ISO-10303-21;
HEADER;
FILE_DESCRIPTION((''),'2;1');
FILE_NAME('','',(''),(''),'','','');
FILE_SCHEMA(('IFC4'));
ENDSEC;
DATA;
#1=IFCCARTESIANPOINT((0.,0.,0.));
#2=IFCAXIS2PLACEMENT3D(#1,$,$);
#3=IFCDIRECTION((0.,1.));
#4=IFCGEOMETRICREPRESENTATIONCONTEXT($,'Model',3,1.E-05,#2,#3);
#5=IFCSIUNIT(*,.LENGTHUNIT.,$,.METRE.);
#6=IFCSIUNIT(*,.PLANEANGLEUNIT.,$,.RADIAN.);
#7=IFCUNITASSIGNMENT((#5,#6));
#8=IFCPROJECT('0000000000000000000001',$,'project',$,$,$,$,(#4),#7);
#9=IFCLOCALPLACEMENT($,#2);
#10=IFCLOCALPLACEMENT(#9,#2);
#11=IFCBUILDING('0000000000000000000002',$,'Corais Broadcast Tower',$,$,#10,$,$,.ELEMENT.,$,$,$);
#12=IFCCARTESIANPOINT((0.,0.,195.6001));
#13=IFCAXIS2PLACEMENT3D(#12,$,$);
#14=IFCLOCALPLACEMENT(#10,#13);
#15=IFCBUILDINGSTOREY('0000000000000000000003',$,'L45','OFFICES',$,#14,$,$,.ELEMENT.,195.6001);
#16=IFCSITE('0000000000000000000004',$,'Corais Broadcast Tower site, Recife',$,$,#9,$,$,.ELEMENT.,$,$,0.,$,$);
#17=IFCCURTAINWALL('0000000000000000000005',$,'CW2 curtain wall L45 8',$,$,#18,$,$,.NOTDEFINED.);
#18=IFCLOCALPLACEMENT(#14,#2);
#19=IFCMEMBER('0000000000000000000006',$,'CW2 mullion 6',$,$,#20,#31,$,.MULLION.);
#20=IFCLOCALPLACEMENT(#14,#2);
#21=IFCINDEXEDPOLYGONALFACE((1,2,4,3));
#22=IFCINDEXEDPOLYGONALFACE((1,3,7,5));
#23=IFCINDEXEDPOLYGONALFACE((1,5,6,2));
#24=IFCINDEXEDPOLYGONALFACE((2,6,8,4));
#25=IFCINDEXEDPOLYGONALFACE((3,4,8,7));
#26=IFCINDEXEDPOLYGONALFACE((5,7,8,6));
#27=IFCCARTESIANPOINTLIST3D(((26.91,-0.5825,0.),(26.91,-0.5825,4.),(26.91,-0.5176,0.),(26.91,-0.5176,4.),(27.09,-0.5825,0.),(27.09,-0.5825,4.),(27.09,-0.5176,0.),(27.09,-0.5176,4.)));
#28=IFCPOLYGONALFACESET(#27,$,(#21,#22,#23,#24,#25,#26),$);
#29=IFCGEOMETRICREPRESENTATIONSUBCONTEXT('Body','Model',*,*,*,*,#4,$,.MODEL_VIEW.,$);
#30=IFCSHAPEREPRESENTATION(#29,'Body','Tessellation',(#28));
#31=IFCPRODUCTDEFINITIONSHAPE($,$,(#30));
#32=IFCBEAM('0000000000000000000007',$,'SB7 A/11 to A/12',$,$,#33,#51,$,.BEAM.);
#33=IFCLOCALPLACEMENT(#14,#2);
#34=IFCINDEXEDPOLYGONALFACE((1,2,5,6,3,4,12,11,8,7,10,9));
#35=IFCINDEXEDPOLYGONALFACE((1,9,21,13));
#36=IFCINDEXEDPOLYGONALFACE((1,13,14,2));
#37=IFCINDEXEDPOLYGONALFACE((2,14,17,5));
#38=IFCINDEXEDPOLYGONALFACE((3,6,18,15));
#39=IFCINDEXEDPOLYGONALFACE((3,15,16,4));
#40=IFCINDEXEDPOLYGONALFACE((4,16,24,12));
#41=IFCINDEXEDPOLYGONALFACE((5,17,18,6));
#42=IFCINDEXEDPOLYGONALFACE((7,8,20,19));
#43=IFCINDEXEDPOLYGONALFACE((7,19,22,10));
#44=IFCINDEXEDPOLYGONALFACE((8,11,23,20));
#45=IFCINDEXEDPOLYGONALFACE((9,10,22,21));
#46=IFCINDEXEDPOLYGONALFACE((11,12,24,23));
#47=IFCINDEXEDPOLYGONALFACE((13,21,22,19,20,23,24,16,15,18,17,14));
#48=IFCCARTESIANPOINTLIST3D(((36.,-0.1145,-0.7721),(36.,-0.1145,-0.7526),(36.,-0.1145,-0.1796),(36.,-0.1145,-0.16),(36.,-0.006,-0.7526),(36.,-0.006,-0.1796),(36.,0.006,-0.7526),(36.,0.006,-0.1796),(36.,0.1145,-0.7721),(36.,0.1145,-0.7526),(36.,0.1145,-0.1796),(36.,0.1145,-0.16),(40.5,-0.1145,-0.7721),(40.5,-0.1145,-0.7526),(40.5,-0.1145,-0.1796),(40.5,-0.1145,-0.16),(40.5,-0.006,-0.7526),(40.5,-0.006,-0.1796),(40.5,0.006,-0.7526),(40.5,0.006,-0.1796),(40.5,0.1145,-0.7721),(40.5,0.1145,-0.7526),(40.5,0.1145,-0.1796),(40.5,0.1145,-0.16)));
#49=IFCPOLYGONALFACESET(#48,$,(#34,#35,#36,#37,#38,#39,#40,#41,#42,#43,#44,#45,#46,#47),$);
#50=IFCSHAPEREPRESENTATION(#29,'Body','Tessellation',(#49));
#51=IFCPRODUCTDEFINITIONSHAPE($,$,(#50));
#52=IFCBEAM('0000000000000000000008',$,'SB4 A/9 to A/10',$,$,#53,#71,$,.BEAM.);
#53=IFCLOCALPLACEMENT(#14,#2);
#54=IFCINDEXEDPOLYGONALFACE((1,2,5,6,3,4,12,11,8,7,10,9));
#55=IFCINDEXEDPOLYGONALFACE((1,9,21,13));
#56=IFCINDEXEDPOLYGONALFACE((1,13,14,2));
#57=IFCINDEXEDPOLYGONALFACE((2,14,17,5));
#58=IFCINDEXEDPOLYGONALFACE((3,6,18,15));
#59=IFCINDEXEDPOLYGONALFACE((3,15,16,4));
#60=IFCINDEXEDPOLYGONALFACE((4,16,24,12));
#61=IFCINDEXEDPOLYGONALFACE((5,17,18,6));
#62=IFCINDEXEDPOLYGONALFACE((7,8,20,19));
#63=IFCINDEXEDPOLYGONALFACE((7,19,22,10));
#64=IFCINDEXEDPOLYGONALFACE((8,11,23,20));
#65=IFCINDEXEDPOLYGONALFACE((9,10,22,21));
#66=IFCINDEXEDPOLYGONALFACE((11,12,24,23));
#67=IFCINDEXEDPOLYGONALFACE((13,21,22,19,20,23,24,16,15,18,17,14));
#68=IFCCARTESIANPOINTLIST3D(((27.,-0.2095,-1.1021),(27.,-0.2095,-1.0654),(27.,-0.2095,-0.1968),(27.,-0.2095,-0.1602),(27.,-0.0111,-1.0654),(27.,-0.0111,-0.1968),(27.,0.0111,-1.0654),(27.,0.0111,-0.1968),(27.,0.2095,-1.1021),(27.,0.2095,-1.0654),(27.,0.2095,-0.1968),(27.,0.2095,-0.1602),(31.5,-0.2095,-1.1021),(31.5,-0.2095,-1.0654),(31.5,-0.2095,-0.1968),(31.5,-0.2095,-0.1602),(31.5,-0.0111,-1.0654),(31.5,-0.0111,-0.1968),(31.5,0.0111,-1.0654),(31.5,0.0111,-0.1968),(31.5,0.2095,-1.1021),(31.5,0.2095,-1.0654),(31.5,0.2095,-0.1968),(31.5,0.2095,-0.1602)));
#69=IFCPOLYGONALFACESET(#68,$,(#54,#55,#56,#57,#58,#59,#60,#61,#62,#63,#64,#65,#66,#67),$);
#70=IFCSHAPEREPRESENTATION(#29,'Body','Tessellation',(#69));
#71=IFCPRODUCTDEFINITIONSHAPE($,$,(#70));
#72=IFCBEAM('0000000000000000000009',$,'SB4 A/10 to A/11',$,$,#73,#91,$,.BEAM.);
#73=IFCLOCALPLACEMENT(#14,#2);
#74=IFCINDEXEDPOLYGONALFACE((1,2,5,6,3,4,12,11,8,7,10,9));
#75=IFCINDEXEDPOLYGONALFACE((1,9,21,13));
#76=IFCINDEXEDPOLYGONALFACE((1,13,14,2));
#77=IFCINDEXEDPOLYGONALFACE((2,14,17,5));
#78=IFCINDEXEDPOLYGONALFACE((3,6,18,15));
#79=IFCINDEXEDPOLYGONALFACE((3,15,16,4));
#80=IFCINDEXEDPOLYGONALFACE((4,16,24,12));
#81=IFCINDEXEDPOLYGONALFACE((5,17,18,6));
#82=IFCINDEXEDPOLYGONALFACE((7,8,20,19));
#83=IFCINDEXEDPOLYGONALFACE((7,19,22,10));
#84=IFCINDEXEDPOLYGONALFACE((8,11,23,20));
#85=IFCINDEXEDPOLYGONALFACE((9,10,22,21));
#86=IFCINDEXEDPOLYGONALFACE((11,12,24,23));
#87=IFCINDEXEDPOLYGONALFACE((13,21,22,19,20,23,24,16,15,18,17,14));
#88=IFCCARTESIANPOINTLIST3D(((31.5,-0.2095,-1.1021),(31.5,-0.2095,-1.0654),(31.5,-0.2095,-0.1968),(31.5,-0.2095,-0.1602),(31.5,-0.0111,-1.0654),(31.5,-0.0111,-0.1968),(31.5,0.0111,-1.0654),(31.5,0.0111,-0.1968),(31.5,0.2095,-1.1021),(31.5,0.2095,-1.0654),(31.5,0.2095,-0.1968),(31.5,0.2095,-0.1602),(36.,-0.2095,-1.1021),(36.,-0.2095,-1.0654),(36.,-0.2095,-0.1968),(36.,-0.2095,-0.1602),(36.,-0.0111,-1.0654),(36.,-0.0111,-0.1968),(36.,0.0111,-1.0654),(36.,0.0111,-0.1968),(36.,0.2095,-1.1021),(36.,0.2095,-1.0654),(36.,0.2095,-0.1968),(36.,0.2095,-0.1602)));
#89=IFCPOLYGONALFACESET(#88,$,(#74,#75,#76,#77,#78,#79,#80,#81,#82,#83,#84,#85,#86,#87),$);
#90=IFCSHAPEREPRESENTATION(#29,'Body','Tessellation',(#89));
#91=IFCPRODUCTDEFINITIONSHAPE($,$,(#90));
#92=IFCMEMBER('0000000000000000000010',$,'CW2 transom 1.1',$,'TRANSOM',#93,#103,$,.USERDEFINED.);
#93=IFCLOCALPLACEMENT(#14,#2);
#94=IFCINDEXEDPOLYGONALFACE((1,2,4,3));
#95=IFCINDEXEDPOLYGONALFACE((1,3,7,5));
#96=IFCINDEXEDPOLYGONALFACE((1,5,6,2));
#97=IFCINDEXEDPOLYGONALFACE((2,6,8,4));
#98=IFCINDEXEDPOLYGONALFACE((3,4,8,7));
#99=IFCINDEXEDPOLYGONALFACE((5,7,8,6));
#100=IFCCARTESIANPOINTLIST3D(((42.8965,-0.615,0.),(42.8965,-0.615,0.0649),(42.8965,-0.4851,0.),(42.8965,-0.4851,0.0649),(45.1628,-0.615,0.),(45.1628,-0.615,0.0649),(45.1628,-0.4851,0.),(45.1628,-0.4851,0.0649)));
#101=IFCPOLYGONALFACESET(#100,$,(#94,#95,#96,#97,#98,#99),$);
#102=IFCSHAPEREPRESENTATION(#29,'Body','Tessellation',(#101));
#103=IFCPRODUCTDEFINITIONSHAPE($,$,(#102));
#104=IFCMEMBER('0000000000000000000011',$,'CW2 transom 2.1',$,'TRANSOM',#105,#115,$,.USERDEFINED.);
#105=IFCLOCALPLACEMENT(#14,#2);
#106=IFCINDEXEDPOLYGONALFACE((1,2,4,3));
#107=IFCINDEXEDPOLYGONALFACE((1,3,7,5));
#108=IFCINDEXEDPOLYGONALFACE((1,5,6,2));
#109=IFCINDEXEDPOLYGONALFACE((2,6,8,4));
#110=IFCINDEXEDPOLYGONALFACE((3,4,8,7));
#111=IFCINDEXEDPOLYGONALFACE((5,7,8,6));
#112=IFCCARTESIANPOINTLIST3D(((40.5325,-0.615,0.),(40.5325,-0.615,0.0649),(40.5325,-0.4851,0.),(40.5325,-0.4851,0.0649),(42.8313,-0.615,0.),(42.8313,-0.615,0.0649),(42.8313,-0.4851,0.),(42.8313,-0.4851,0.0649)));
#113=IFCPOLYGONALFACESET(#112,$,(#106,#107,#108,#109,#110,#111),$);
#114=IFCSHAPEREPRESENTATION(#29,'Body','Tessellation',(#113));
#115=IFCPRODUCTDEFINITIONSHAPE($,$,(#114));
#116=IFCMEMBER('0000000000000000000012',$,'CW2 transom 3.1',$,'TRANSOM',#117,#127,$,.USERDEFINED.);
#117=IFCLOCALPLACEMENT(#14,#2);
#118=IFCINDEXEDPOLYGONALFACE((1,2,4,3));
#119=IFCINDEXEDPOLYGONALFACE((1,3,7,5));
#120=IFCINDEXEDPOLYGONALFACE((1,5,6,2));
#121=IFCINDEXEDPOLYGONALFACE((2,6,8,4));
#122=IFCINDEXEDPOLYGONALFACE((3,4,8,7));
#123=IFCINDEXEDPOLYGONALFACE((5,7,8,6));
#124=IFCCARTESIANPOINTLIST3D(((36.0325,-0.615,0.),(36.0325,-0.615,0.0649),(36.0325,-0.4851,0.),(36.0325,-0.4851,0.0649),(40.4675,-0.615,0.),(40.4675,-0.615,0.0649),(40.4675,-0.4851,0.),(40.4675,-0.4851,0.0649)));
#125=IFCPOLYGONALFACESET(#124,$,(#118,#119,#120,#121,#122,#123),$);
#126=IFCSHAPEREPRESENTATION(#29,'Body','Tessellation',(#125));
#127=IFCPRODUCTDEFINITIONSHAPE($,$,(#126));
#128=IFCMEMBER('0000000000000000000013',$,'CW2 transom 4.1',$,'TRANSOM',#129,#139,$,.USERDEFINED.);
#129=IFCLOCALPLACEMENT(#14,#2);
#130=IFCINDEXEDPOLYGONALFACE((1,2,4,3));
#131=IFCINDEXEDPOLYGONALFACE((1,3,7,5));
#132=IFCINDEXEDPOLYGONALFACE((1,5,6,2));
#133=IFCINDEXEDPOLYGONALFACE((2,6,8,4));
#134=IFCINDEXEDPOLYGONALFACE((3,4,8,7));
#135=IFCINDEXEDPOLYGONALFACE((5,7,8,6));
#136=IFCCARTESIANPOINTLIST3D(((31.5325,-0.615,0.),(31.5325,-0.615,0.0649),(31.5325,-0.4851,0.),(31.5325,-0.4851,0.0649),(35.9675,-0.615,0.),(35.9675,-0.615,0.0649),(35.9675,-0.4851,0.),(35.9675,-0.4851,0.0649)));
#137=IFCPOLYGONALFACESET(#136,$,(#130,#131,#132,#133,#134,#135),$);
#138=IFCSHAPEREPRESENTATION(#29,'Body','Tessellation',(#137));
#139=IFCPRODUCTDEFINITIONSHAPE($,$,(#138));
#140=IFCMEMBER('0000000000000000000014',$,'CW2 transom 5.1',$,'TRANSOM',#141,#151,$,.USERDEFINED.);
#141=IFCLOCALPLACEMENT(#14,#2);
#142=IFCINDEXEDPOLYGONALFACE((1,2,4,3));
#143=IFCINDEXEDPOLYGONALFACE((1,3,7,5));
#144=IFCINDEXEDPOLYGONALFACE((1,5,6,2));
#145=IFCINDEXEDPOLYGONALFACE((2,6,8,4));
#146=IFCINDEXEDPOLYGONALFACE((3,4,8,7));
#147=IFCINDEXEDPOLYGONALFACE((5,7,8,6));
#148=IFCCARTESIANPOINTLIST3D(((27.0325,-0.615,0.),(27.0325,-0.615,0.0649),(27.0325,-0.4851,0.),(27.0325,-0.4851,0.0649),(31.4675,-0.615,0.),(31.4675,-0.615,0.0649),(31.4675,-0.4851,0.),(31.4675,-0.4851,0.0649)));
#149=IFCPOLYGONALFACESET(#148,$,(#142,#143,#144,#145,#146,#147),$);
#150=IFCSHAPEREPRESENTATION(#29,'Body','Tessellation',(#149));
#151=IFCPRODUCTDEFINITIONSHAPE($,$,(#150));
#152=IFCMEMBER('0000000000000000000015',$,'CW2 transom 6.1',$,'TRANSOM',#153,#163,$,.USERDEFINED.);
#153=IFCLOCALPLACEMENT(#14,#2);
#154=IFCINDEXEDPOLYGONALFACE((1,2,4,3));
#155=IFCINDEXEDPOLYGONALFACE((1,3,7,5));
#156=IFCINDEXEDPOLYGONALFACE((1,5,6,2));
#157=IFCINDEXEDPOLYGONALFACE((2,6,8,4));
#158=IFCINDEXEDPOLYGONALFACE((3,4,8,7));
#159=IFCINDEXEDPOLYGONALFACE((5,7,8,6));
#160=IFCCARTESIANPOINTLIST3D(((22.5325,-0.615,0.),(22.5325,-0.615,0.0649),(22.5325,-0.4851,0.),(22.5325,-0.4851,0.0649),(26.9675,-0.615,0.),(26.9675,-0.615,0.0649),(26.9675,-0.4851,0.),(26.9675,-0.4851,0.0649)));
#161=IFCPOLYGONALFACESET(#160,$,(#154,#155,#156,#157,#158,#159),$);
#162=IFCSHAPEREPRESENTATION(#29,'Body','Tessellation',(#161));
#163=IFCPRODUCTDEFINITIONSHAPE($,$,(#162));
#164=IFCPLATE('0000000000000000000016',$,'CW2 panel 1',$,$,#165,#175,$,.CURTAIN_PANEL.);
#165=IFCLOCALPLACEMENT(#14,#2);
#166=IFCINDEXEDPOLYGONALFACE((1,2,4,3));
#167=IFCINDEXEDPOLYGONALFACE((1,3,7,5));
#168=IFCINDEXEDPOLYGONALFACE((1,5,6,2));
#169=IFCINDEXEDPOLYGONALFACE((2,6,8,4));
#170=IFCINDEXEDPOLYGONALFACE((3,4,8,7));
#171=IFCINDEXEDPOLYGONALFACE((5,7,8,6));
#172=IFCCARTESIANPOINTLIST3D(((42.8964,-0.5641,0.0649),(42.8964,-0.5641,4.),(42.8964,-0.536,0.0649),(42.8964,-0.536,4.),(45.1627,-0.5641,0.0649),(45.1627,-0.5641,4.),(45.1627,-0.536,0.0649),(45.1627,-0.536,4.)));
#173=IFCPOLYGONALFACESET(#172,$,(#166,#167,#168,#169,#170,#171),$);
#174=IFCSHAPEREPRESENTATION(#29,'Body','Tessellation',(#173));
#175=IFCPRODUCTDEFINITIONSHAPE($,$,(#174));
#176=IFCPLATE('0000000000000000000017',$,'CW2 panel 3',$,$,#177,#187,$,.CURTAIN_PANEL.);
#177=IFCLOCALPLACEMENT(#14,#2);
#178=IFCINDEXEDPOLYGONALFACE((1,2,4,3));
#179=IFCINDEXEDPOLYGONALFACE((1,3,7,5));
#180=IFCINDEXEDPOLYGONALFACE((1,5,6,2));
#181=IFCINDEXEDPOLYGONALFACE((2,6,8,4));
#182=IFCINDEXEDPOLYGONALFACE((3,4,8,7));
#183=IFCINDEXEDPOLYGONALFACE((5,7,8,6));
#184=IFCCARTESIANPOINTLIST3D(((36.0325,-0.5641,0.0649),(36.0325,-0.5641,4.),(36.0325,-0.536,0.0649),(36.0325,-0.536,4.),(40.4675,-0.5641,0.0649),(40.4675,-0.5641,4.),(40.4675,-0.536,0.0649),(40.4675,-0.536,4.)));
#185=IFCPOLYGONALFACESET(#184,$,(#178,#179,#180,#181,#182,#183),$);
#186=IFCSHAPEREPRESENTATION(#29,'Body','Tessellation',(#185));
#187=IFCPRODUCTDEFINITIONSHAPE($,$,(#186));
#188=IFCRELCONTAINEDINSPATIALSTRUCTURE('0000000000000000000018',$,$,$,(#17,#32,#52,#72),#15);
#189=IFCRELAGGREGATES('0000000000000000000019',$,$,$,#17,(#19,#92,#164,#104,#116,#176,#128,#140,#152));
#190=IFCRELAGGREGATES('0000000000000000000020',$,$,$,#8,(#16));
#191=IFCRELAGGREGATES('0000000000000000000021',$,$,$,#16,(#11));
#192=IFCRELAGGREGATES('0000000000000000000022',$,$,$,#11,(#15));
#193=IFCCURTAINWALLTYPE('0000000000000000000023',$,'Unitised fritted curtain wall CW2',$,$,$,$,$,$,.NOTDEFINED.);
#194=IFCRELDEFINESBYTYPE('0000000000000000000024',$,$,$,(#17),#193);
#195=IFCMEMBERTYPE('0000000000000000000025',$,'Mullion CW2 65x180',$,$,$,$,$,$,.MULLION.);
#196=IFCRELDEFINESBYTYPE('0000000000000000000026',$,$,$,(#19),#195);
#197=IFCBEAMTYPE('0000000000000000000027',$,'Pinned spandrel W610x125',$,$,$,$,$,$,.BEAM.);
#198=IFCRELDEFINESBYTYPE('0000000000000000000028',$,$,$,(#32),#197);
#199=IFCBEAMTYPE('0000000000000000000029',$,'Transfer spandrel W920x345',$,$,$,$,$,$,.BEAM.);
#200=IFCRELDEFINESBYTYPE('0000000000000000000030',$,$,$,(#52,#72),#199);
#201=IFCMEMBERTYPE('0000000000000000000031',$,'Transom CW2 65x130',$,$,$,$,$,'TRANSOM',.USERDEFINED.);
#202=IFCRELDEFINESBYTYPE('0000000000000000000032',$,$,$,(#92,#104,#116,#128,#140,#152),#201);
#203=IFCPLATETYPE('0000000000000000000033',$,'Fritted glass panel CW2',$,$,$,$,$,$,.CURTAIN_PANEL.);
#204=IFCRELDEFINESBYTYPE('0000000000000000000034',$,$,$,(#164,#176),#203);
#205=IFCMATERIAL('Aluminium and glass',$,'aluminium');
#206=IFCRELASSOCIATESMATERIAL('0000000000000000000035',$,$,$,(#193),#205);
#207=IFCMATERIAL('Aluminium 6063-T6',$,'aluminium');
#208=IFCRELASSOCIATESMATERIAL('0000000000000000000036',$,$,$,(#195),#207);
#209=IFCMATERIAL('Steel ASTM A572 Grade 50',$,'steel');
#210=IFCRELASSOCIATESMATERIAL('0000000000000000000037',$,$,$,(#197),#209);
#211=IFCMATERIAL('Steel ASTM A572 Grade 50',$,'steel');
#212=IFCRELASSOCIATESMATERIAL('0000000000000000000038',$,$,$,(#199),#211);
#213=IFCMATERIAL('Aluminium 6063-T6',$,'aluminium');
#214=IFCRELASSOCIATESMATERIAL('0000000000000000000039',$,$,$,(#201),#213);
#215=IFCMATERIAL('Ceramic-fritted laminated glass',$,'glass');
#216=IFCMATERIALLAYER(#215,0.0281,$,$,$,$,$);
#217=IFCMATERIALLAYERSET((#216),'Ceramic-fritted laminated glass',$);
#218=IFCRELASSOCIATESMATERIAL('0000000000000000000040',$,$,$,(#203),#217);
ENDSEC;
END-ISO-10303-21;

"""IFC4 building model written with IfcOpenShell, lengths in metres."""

from ifc_helpers import new_model, si_unit, direction, frame, origin, origin_2d, place, context, subcontext, project, spatial, rectangle, i_section, extrude, material, layer, layer_set, material_profile, profile_set, type_object, element, aggregate, save


model = new_model("IFC4")

# Units and contexts
model_context = context("Model", 3, precision=1e-05, world=origin(), true_north=direction((0.0, 1.0)))
body_context = subcontext(model_context, "Body", "Model", "MODEL_VIEW")
ifc_project = project(units=[si_unit("LENGTHUNIT", "METRE"), si_unit("PLANEANGLEUNIT", "RADIAN")], contexts=[model_context])

# Site, building, storey
site_placement = place(None, origin())
site = spatial("IfcSite", under=ifc_project, at=site_placement, Name="Corais Broadcast Tower site, Recife", CompositionType="ELEMENT", RefElevation=0.0)
building_placement = place(site_placement, origin())
building = spatial("IfcBuilding", under=site, at=building_placement, Name="Corais Broadcast Tower", CompositionType="ELEMENT")
storey_placement = place(building_placement, frame((0.0, 0.0, 195.6001)))
storey = spatial("IfcBuildingStorey", under=building, at=storey_placement, Name="L45", Description="OFFICES", CompositionType="ELEMENT", Elevation=195.6001)

# Curtain wall, member
ifc_material_1 = material(Name="Aluminium and glass", Category="aluminium")
curtain_wall_type = type_object("IfcCurtainWallType", Name="Unitised fritted curtain wall CW2", PredefinedType="NOTDEFINED", material=ifc_material_1)
curtain_wall_placement = place(storey_placement, origin())
curtain_wall = element("IfcCurtainWall", 1, at=curtain_wall_placement, inside=storey, type_object=curtain_wall_type, Name="CW2 curtain wall L45 8", PredefinedType="NOTDEFINED")
ifc_material_2 = material(Name="Aluminium 6063-T6", Category="aluminium")
ifc_material_profile_1 = material_profile(ifc_material_2, rectangle(XDim=0.0649, YDim=0.1799, at=origin_2d()), Name="Mullion CW2 65x180")
ifc_profile_set_1 = profile_set([ifc_material_profile_1], Name="Aluminium 6063-T6")
member_type_1 = type_object("IfcMemberType", Name="Mullion CW2 65x180", PredefinedType="MULLION", material=ifc_profile_set_1)
member_1_placement = place(storey_placement, frame((27.0, -0.55, 0.0), z_axis=(0.0, 0.0, 1.0), x_axis=(0.0, -1.0, 0.0)))
member_1 = element("IfcMember", 2, at=member_1_placement, type_object=member_type_1, Name="CW2 mullion 6", PredefinedType="MULLION", context=body_context, shape_type="SweptSolid", body=[
    extrude(rectangle(XDim=0.0649, YDim=0.1799, at=origin_2d()), origin(), (0.0, 0.0, 1.0), 4.0),
])

# Beams
ifc_material_3 = material(Name="Steel ASTM A572 Grade 50", Category="steel")
ifc_material_profile_2 = material_profile(ifc_material_3, i_section(OverallWidth=0.229, OverallDepth=0.6121, WebThickness=0.012, FlangeThickness=0.0195, at=origin_2d()), Name="W610x125")
ifc_profile_set_2 = profile_set([ifc_material_profile_2], Name="Steel ASTM A572 Grade 50")
beam_type_1 = type_object("IfcBeamType", Name="Pinned spandrel W610x125", PredefinedType="BEAM", material=ifc_profile_set_2)
beam_placement = place(storey_placement, frame((36.0, 0.0, -0.4661), z_axis=(1.0, 0.0, 0.0), x_axis=(0.0, 1.0, 0.0)))
element("IfcBeam", 3, at=beam_placement, inside=storey, type_object=beam_type_1, Name="SB7 A/11 to A/12", PredefinedType="BEAM", context=body_context, shape_type="SweptSolid", body=[
    extrude(i_section(OverallWidth=0.229, OverallDepth=0.6121, WebThickness=0.012, FlangeThickness=0.0195, at=origin_2d()), origin(), (0.0, 0.0, 1.0), 4.5),
])
ifc_material_4 = material(Name="Steel ASTM A572 Grade 50", Category="steel")
ifc_material_profile_3 = material_profile(ifc_material_4, i_section(OverallWidth=0.4189, OverallDepth=0.9419, WebThickness=0.0222, FlangeThickness=0.0366, at=origin_2d()), Name="W920x345")
ifc_profile_set_3 = profile_set([ifc_material_profile_3], Name="Steel ASTM A572 Grade 50")
beam_type_2 = type_object("IfcBeamType", Name="Transfer spandrel W920x345", PredefinedType="BEAM", material=ifc_profile_set_3)
for number, where, z_axis, x_axis, name in (
    (4, (27.0, 0.0, -0.6311), (1.0, 0.0, 0.0), (0.0, 1.0, 0.0), "SB4 A/9 to A/10"),
    (5, (31.5, 0.0, -0.6311), (1.0, 0.0, 0.0), (0.0, 1.0, 0.0), "SB4 A/10 to A/11"),
):
    element("IfcBeam", number, at=place(storey_placement, frame(where, z_axis=z_axis, x_axis=x_axis)), inside=storey, type_object=beam_type_2, Name=name, PredefinedType="BEAM", context=body_context, shape_type="SweptSolid", body=[
        extrude(i_section(OverallWidth=0.4189, OverallDepth=0.9419, WebThickness=0.0222, FlangeThickness=0.0366, at=origin_2d()), origin(), (0.0, 0.0, 1.0), 4.5),
    ])

# Members
ifc_material_5 = material(Name="Aluminium 6063-T6", Category="aluminium")
ifc_material_profile_4 = material_profile(ifc_material_5, rectangle(XDim=0.1299, YDim=0.0649, at=origin_2d()), Name="Transom CW2 65x130")
ifc_profile_set_4 = profile_set([ifc_material_profile_4], Name="Aluminium 6063-T6")
member_type_2 = type_object("IfcMemberType", Name="Transom CW2 65x130", ElementType="TRANSOM", PredefinedType="USERDEFINED", material=ifc_profile_set_4)
member_2_placement = place(storey_placement, frame((45.1628, -0.55, 0.0325), z_axis=(-1.0, 0.0, 0.0), x_axis=(0.0, -1.0, 0.0)))
member_2 = element("IfcMember", 6, at=member_2_placement, type_object=member_type_2, Name="CW2 transom 1.1", ObjectType="TRANSOM", PredefinedType="USERDEFINED", context=body_context, shape_type="SweptSolid", body=[
    extrude(rectangle(XDim=0.1299, YDim=0.0649, at=origin_2d()), origin(), (0.0, 0.0, 1.0), 2.2664),
])
member_3_placement = place(storey_placement, frame((42.8313, -0.55, 0.0325), z_axis=(-1.0, 0.0, 0.0), x_axis=(0.0, -1.0, 0.0)))
member_3 = element("IfcMember", 7, at=member_3_placement, type_object=member_type_2, Name="CW2 transom 2.1", ObjectType="TRANSOM", PredefinedType="USERDEFINED", context=body_context, shape_type="SweptSolid", body=[
    extrude(rectangle(XDim=0.1299, YDim=0.0649, at=origin_2d()), origin(), (0.0, 0.0, 1.0), 2.2988),
])
member_4_placement = place(storey_placement, frame((40.4675, -0.55, 0.0325), z_axis=(-1.0, 0.0, 0.0), x_axis=(0.0, -1.0, 0.0)))
member_4 = element("IfcMember", 8, at=member_4_placement, type_object=member_type_2, Name="CW2 transom 3.1", ObjectType="TRANSOM", PredefinedType="USERDEFINED", context=body_context, shape_type="SweptSolid", body=[
    extrude(rectangle(XDim=0.1299, YDim=0.0649, at=origin_2d()), origin(), (0.0, 0.0, 1.0), 4.4351),
])
member_5_placement = place(storey_placement, frame((35.9675, -0.55, 0.0325), z_axis=(-1.0, 0.0, 0.0), x_axis=(0.0, -1.0, 0.0)))
member_5 = element("IfcMember", 9, at=member_5_placement, type_object=member_type_2, Name="CW2 transom 4.1", ObjectType="TRANSOM", PredefinedType="USERDEFINED", context=body_context, shape_type="SweptSolid", body=[
    extrude(rectangle(XDim=0.1299, YDim=0.0649, at=origin_2d()), origin(), (0.0, 0.0, 1.0), 4.4351),
])
member_6_placement = place(storey_placement, frame((31.4675, -0.55, 0.0325), z_axis=(-1.0, 0.0, 0.0), x_axis=(0.0, -1.0, 0.0)))
member_6 = element("IfcMember", 10, at=member_6_placement, type_object=member_type_2, Name="CW2 transom 5.1", ObjectType="TRANSOM", PredefinedType="USERDEFINED", context=body_context, shape_type="SweptSolid", body=[
    extrude(rectangle(XDim=0.1299, YDim=0.0649, at=origin_2d()), origin(), (0.0, 0.0, 1.0), 4.4351),
])
member_7_placement = place(storey_placement, frame((26.9675, -0.55, 0.0325), z_axis=(-1.0, 0.0, 0.0), x_axis=(0.0, -1.0, 0.0)))
member_7 = element("IfcMember", 11, at=member_7_placement, type_object=member_type_2, Name="CW2 transom 6.1", ObjectType="TRANSOM", PredefinedType="USERDEFINED", context=body_context, shape_type="SweptSolid", body=[
    extrude(rectangle(XDim=0.1299, YDim=0.0649, at=origin_2d()), origin(), (0.0, 0.0, 1.0), 4.4351),
])

# Plates
ifc_material_6 = material(Name="Ceramic-fritted laminated glass", Category="glass")
ifc_layer_1 = layer(ifc_material_6, 0.0281)
ifc_layer_set_1 = layer_set([ifc_layer_1], Name="Ceramic-fritted laminated glass")
plate_type_1 = type_object("IfcPlateType", Name="Fritted glass panel CW2", PredefinedType="CURTAIN_PANEL", material=ifc_layer_set_1)
plate_1_placement = place(storey_placement, frame((44.0295, -0.55, 0.0649), z_axis=(0.0, 0.0, 1.0), x_axis=(-1.0, 0.0, 0.0)))
plate_1 = element("IfcPlate", 12, at=plate_1_placement, type_object=plate_type_1, Name="CW2 panel 1", PredefinedType="CURTAIN_PANEL", context=body_context, shape_type="SweptSolid", body=[
    extrude(rectangle(XDim=2.2664, YDim=0.0281, at=origin_2d()), origin(), (0.0, 0.0, 1.0), 3.9351),
])
plate_2_placement = place(storey_placement, frame((38.25, -0.55, 0.0649), z_axis=(0.0, 0.0, 1.0), x_axis=(-1.0, 0.0, 0.0)))
plate_2 = element("IfcPlate", 13, at=plate_2_placement, type_object=plate_type_1, Name="CW2 panel 3", PredefinedType="CURTAIN_PANEL", context=body_context, shape_type="SweptSolid", body=[
    extrude(rectangle(XDim=4.4351, YDim=0.0281, at=origin_2d()), origin(), (0.0, 0.0, 1.0), 3.9351),
])
aggregate(curtain_wall, [member_1, member_2, plate_1, member_3, member_4, plate_2, member_5, member_6, member_7])

save(model, "model.ifc")
